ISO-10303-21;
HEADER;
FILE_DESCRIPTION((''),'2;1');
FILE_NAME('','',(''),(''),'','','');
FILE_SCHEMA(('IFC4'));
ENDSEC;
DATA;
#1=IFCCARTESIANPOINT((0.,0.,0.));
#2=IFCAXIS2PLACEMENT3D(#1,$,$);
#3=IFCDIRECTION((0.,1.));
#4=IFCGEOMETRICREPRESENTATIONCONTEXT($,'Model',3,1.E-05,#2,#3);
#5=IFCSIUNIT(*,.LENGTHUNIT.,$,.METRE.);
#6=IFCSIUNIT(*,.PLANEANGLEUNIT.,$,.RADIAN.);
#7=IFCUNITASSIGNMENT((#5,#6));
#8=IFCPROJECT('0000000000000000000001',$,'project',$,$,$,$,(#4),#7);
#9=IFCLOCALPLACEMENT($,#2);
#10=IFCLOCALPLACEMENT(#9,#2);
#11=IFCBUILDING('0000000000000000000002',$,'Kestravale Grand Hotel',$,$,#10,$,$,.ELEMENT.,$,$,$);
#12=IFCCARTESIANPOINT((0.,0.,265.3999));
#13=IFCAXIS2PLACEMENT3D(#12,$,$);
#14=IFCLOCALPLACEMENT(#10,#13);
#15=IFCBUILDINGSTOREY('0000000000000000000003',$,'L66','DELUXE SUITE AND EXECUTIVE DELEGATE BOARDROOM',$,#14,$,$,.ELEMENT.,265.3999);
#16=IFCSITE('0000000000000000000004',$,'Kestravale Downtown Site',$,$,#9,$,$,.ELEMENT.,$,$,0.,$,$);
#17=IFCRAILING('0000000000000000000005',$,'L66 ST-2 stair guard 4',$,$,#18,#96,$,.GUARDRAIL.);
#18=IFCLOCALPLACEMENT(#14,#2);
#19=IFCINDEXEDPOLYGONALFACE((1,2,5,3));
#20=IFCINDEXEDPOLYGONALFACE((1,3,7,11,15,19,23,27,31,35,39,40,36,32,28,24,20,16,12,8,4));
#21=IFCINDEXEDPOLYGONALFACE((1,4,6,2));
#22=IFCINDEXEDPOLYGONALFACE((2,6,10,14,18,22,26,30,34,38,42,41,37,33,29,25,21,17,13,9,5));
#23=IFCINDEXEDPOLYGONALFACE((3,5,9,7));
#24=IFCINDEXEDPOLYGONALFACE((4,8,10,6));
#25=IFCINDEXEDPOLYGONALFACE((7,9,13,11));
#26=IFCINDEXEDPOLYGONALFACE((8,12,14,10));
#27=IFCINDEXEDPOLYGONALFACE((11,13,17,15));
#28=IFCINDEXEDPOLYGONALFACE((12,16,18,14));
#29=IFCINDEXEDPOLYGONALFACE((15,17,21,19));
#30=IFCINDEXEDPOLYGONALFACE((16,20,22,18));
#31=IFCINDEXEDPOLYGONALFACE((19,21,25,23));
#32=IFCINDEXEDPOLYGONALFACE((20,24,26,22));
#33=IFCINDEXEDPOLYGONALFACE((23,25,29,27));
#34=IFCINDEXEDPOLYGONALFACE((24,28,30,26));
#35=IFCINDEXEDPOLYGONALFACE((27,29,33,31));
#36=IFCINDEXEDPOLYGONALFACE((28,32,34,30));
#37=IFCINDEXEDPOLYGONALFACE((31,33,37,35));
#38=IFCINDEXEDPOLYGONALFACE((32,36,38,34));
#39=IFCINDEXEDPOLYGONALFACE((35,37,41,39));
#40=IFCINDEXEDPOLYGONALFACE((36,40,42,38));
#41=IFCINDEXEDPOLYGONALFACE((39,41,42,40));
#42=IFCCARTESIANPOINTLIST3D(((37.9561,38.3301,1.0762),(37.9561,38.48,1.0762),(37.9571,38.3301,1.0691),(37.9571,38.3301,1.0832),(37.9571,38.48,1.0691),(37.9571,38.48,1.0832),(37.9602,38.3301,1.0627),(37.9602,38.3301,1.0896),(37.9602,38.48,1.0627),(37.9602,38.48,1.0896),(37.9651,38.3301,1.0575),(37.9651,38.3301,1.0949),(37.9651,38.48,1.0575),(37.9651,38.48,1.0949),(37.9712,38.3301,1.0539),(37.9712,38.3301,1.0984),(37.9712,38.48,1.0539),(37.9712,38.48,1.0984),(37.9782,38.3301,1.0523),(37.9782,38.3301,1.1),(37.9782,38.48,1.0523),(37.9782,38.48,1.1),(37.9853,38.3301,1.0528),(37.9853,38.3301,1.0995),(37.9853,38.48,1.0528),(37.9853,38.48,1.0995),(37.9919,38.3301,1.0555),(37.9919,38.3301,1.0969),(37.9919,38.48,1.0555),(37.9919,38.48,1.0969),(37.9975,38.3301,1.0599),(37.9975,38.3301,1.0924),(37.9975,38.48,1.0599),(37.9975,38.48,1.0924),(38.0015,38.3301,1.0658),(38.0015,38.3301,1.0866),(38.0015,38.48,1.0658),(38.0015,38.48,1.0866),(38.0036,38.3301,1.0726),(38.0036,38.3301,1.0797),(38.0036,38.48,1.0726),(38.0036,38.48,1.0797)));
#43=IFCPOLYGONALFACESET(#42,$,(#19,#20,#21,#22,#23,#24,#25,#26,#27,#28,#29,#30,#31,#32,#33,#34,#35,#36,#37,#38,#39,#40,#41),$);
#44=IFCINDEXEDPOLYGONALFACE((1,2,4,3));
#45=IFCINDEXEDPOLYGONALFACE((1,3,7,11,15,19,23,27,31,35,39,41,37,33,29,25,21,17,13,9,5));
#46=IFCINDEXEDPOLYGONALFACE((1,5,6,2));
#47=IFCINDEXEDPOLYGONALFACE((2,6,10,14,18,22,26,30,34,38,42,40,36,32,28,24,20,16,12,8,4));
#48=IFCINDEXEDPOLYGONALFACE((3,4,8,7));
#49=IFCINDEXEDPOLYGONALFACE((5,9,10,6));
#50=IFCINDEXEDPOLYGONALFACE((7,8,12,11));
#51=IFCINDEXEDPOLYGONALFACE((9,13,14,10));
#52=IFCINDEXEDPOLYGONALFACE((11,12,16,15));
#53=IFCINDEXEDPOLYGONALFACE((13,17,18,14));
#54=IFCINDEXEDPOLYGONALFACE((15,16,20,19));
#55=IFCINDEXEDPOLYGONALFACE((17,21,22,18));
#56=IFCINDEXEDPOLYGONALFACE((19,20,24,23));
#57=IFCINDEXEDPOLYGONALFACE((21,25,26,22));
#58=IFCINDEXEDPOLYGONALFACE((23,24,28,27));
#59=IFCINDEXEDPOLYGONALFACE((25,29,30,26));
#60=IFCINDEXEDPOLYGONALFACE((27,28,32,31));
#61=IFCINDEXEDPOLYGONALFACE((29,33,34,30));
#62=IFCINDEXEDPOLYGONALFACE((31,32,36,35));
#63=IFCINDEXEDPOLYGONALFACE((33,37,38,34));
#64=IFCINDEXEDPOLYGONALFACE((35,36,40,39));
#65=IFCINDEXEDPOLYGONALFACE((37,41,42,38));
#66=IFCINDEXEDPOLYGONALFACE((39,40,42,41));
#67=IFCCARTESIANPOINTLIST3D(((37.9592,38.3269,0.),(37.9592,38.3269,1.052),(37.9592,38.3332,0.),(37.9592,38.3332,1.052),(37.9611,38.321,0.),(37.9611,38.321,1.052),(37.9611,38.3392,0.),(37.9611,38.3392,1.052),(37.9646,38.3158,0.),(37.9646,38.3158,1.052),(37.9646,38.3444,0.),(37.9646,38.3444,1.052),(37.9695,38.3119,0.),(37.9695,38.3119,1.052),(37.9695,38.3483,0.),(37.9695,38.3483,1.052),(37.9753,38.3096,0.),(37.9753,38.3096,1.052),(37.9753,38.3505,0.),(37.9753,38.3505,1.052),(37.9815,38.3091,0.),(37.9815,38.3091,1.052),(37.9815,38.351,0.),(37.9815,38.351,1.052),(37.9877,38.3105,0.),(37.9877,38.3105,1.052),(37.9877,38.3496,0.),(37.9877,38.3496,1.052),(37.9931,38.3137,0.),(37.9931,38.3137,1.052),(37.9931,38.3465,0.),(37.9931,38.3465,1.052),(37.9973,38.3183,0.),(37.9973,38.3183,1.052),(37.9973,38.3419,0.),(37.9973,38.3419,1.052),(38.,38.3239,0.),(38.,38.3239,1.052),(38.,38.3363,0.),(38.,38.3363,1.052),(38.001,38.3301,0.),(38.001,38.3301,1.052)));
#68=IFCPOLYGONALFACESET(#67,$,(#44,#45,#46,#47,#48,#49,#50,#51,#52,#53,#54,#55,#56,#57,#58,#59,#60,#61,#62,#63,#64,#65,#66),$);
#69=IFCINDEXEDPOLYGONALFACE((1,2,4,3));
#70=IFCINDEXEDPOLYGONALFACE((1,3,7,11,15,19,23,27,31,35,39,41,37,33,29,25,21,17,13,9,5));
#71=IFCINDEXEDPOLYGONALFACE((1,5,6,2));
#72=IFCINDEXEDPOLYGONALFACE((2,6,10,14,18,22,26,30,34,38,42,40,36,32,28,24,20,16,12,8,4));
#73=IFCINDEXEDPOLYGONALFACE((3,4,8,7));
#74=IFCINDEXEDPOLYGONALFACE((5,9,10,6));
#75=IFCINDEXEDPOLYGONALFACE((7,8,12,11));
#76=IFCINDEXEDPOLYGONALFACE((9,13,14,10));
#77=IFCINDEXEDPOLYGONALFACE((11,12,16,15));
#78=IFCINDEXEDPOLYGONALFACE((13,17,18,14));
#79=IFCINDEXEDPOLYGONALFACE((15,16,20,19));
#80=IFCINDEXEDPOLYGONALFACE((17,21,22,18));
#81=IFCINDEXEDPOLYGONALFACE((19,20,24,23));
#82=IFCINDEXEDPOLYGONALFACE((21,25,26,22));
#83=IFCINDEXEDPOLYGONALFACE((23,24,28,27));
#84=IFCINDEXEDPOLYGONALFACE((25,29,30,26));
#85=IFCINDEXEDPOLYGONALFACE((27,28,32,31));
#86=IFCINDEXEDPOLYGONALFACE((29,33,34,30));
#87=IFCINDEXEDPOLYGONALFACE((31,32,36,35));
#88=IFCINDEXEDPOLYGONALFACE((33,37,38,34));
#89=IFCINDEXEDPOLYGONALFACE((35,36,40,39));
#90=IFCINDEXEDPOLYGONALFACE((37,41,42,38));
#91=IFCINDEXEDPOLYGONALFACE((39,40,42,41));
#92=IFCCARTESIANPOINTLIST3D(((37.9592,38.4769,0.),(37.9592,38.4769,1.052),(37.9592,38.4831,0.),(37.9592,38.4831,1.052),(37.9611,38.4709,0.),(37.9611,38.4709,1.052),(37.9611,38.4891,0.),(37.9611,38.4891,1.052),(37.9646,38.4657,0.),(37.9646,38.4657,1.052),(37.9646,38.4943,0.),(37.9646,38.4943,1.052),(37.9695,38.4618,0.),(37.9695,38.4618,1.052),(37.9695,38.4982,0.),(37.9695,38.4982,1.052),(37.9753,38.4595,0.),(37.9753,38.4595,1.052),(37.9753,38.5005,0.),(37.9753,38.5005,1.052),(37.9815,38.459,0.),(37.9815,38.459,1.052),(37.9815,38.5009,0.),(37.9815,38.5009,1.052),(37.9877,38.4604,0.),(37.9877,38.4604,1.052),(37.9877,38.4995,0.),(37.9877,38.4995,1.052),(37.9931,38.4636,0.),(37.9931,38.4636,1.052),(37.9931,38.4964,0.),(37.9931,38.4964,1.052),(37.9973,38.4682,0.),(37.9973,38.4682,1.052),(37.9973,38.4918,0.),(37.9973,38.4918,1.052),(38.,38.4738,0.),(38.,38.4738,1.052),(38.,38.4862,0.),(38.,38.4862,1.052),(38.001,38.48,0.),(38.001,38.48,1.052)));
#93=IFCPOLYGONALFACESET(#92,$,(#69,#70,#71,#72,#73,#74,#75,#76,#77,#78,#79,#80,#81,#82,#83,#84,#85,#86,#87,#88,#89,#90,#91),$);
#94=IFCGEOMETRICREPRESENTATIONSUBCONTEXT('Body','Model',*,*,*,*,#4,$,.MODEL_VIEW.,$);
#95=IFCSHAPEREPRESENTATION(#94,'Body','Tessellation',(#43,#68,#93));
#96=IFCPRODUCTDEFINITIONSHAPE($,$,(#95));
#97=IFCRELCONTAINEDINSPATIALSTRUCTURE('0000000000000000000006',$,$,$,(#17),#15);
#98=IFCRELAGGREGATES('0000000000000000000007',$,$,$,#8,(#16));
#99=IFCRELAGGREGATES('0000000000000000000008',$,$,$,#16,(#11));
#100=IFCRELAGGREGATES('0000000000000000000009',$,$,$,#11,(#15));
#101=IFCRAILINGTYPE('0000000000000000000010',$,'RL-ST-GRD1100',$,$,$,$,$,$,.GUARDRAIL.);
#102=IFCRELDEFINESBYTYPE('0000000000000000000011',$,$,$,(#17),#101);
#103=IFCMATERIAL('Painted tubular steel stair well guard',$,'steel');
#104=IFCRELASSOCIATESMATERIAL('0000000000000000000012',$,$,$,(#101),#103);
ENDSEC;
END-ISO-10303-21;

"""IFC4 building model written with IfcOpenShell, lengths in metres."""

from ifc_helpers import new_model, si_unit, direction, frame, origin, origin_2d, place, context, subcontext, project, spatial, circle, extrude, material, type_object, element, save


model = new_model("IFC4")

# Units and contexts
model_context = context("Model", 3, precision=1e-05, world=origin(), true_north=direction((0.0, 1.0)))
body_context = subcontext(model_context, "Body", "Model", "MODEL_VIEW")
ifc_project = project(units=[si_unit("LENGTHUNIT", "METRE"), si_unit("PLANEANGLEUNIT", "RADIAN")], contexts=[model_context])

# Site, building, storey
site_placement = place(None, origin())
site = spatial("IfcSite", under=ifc_project, at=site_placement, Name="Kestravale Downtown Site", CompositionType="ELEMENT", RefElevation=0.0)
building_placement = place(site_placement, origin())
building = spatial("IfcBuilding", under=site, at=building_placement, Name="Kestravale Grand Hotel", CompositionType="ELEMENT")
storey_placement = place(building_placement, frame((0.0, 0.0, 265.3999)))
storey = spatial("IfcBuildingStorey", under=building, at=storey_placement, Name="L66", Description="DELUXE SUITE AND EXECUTIVE DELEGATE BOARDROOM", CompositionType="ELEMENT", Elevation=265.3999)

# Railing
ifc_material_1 = material(Name="Painted tubular steel stair well guard", Category="steel")
railing_type_1 = type_object("IfcRailingType", Name="RL-ST-GRD1100", PredefinedType="GUARDRAIL", material=ifc_material_1)
railing_1_placement = place(storey_placement, frame((37.98, 38.3301, 0.0)))
element("IfcRailing", 1, at=railing_1_placement, inside=storey, type_object=railing_type_1, Name="L66 ST-2 stair guard 4", PredefinedType="GUARDRAIL", context=body_context, shape_type="SweptSolid", body=[
    extrude(circle(Radius=0.0239, at=origin_2d()), frame((0.0, 0.0, 1.0762), z_axis=(0.0, 1.0, 0.0), x_axis=(-1.0, 0.0, 0.0)), (0.0, 0.0, 1.0), 0.1499),
    extrude(circle(Radius=0.021, at=origin_2d()), origin(), (0.0, 0.0, 1.0), 1.052),
    extrude(circle(Radius=0.021, at=origin_2d()), frame((0.0, 0.1499, 0.0)), (0.0, 0.0, 1.0), 1.052),
])

save(model, "model.ifc")
